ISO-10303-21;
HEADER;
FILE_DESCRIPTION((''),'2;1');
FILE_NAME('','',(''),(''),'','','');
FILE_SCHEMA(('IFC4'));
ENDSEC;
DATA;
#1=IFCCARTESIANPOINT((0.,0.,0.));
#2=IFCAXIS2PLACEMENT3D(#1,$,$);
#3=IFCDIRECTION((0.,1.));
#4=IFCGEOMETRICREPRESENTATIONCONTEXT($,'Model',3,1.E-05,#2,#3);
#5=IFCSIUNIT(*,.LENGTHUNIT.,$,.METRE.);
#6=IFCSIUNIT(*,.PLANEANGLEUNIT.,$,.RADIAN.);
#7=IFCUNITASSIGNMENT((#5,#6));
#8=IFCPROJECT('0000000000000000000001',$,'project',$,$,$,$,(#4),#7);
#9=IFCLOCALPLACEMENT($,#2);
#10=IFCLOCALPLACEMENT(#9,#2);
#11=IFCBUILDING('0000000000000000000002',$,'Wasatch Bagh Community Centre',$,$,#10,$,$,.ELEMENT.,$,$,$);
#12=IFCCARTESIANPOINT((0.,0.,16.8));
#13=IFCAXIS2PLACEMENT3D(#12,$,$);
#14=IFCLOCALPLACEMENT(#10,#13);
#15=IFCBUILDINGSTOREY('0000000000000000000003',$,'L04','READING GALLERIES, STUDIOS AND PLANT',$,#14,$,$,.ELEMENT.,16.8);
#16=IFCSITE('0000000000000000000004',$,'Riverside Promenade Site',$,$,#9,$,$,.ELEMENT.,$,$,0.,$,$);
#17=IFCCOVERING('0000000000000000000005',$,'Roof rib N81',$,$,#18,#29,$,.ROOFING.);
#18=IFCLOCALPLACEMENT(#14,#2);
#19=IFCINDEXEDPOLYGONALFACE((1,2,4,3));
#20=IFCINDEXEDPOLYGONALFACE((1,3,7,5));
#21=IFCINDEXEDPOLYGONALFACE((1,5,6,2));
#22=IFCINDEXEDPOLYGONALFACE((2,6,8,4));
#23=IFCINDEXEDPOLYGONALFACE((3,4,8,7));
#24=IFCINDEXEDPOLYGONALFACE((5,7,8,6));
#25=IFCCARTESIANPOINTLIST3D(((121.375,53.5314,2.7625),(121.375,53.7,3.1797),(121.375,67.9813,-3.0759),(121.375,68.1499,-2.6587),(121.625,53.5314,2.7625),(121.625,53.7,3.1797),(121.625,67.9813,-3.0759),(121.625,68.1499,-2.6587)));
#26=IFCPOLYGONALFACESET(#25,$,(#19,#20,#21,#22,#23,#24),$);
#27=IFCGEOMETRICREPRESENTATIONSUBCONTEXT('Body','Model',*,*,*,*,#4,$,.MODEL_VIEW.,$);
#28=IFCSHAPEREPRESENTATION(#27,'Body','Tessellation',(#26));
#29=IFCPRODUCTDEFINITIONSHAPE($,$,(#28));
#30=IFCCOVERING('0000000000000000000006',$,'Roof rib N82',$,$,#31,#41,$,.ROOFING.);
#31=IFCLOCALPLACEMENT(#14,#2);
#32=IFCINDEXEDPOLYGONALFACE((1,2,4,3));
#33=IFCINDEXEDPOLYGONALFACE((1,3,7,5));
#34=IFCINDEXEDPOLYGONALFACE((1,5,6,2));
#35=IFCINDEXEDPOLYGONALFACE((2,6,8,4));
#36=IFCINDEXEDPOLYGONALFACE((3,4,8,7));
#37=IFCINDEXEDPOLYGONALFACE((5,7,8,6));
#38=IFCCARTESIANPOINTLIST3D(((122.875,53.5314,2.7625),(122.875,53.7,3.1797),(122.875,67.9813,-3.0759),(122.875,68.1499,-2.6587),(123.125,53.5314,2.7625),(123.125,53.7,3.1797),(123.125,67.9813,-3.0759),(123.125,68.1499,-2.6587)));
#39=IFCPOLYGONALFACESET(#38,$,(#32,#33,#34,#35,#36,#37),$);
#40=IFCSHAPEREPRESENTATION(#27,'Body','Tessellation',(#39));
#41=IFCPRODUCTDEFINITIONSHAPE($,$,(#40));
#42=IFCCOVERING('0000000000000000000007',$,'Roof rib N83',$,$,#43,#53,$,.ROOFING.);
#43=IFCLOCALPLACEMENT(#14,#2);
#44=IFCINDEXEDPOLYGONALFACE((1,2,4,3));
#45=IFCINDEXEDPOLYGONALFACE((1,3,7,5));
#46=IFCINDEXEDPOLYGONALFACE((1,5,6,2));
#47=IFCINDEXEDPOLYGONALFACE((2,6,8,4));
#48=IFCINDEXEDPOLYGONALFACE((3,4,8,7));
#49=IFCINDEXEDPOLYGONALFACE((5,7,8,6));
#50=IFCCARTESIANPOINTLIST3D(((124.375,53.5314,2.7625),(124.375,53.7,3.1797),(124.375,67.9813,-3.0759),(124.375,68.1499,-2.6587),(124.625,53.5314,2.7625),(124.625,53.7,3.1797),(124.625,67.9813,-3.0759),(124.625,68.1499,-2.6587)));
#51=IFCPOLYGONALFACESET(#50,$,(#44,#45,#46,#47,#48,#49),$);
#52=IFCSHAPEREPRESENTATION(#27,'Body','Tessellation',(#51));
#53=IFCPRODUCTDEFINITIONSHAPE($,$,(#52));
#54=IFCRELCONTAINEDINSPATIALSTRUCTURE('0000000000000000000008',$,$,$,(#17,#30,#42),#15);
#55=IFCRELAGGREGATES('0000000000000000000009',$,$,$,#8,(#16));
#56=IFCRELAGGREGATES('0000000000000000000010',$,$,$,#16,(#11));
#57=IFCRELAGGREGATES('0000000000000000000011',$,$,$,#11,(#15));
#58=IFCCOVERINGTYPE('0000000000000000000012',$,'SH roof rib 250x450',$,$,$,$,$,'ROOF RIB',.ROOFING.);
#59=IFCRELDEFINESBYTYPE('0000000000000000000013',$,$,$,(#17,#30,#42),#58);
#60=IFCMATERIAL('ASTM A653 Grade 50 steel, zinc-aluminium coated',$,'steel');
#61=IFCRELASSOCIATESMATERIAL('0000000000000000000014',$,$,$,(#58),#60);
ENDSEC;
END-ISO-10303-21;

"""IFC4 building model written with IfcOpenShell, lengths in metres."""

from ifc_helpers import new_model, si_unit, direction, frame, origin, place, context, subcontext, project, spatial, polyline, outline, extrude, material, type_object, element, save


model = new_model("IFC4")

# Units and contexts
model_context = context("Model", 3, precision=1e-05, world=origin(), true_north=direction((0.0, 1.0)))
body_context = subcontext(model_context, "Body", "Model", "MODEL_VIEW")
ifc_project = project(units=[si_unit("LENGTHUNIT", "METRE"), si_unit("PLANEANGLEUNIT", "RADIAN")], contexts=[model_context])

# Site, building, storey
site_placement = place(None, origin())
site = spatial("IfcSite", under=ifc_project, at=site_placement, Name="Riverside Promenade Site", CompositionType="ELEMENT", RefElevation=0.0)
building_placement = place(site_placement, origin())
building = spatial("IfcBuilding", under=site, at=building_placement, Name="Wasatch Bagh Community Centre", CompositionType="ELEMENT")
storey_placement = place(building_placement, frame((0.0, 0.0, 16.8)))
storey = spatial("IfcBuildingStorey", under=building, at=storey_placement, Name="L04", Description="READING GALLERIES, STUDIOS AND PLANT", CompositionType="ELEMENT", Elevation=16.8)

# Coverings
ifc_material_1 = material(Name="ASTM A653 Grade 50 steel, zinc-aluminium coated", Category="steel")
covering_type = type_object("IfcCoveringType", Name="SH roof rib 250x450", ElementType="ROOF RIB", PredefinedType="ROOFING", material=ifc_material_1)
for number, where, z_axis, x_axis, name in (
    (1, (121.375, 53.7, 3.1797), (0.0, 0.374619, 0.927179), (0.0, 0.927179, -0.374619), "Roof rib N81"),
    (2, (122.875, 53.7, 3.1797), (0.0, 0.374619, 0.927179), (0.0, 0.927179, -0.374619), "Roof rib N82"),
    (3, (124.375, 53.7, 3.1797), (0.0, 0.374619, 0.927179), (0.0, 0.927179, -0.374619), "Roof rib N83"),
):
    element("IfcCovering", number, at=place(storey_placement, frame(where, z_axis=z_axis, x_axis=x_axis)), inside=storey, type_object=covering_type, Name=name, PredefinedType="ROOFING", context=body_context, shape_type="SweptSolid", body=[
        extrude(outline(polyline([(0.0, 0.0), (15.5849, 0.0), (15.5849, -0.25), (0.0, -0.25), (0.0, 0.0)])), origin(), (0.0, 0.0, -1.0), 0.45),
    ])

save(model, "model.ifc")
